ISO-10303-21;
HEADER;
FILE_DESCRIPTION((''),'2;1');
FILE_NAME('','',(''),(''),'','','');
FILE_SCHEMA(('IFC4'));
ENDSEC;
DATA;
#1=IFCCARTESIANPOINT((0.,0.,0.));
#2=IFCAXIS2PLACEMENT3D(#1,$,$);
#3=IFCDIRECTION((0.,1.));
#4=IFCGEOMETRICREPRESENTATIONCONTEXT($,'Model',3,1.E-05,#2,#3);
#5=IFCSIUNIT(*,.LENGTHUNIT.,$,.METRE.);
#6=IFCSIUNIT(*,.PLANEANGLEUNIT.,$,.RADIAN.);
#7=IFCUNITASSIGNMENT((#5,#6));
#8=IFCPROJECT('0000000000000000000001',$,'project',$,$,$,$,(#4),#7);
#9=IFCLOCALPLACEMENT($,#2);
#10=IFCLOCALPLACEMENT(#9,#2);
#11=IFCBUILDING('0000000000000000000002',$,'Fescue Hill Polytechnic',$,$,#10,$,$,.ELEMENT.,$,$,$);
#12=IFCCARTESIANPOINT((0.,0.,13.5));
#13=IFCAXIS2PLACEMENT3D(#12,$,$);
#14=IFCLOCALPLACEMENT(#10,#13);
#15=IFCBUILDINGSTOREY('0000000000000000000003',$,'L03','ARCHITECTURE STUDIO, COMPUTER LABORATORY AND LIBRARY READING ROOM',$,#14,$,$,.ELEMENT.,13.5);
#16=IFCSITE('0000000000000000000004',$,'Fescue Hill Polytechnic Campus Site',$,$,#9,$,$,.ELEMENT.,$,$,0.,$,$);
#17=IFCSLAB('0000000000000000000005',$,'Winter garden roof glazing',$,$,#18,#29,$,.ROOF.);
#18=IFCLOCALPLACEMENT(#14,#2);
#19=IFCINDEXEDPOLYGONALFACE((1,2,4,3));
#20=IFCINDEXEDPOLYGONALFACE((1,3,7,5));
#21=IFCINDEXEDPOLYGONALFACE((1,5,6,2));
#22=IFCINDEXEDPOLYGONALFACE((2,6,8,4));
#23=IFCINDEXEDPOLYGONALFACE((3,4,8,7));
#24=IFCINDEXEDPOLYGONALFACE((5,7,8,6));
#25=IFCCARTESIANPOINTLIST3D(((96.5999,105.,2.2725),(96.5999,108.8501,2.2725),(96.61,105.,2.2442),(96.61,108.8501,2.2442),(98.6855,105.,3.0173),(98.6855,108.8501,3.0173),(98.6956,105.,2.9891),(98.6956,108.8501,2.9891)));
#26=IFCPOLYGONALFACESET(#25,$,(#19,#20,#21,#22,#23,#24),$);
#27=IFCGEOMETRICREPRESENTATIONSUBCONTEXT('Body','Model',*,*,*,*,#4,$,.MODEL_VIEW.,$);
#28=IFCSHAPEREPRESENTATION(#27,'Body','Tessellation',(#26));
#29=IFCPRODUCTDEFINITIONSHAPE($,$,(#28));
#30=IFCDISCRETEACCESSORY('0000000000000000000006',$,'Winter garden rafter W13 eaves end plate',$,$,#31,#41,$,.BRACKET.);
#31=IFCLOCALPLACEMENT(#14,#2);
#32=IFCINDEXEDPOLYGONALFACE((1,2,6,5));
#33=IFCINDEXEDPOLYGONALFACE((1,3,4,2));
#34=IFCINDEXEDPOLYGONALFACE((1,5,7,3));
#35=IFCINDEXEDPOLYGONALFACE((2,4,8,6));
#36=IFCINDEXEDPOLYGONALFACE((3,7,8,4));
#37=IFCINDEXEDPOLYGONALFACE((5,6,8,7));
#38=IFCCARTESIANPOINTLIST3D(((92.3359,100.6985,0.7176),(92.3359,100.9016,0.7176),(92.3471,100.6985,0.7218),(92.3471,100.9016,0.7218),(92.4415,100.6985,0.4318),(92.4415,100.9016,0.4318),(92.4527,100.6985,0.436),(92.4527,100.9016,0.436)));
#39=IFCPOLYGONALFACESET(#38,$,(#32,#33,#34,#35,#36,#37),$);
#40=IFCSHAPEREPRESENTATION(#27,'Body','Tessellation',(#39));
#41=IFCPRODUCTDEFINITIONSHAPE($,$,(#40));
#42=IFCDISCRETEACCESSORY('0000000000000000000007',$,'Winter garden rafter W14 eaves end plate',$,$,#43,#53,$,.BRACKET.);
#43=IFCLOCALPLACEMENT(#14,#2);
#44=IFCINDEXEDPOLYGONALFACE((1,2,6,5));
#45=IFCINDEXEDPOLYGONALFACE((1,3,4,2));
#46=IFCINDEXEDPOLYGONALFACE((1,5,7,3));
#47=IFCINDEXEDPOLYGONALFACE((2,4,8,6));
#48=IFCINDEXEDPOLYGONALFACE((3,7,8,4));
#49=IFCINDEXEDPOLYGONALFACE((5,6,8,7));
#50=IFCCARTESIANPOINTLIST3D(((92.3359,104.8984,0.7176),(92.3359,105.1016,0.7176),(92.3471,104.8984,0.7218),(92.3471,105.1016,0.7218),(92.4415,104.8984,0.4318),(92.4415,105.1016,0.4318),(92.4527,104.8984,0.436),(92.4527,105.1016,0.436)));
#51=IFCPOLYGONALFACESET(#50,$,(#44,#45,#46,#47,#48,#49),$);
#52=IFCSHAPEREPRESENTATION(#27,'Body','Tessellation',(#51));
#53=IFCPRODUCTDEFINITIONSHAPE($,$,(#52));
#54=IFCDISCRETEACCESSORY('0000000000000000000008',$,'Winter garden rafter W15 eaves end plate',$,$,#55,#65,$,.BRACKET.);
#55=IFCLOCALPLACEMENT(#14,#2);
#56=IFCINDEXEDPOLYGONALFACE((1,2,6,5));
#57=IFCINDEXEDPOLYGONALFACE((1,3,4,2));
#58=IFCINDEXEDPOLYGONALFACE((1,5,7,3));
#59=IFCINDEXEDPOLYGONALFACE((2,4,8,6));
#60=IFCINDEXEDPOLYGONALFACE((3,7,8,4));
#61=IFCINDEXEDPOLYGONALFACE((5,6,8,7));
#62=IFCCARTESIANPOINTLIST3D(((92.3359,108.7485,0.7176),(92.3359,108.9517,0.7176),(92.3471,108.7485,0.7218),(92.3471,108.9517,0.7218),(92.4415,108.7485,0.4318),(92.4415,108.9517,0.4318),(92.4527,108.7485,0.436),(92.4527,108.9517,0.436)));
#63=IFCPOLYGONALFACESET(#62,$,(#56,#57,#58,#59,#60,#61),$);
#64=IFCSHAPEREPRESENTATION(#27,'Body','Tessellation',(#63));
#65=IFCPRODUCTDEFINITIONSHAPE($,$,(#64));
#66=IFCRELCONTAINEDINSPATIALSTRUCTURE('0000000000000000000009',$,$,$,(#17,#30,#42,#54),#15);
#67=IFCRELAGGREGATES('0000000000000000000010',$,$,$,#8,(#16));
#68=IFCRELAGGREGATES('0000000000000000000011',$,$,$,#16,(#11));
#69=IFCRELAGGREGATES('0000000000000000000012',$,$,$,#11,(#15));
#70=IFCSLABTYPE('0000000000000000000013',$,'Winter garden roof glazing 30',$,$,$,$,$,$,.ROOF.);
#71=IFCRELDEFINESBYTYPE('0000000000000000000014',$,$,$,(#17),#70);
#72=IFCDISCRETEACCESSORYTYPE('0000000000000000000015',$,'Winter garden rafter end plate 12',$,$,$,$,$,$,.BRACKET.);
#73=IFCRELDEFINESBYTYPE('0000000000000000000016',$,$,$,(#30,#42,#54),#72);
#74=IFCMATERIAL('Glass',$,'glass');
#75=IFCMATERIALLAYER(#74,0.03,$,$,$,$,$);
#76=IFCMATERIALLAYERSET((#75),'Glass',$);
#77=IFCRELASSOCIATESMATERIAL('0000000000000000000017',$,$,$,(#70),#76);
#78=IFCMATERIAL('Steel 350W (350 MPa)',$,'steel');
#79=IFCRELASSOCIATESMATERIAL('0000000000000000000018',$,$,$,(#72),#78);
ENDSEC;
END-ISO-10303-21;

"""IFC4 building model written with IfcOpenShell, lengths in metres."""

from ifc_helpers import new_model, si_unit, direction, frame, origin, origin_2d, place, context, subcontext, project, spatial, polyline, rectangle, outline, extrude, material, layer, layer_set, material_profile, profile_set, type_object, element, save


model = new_model("IFC4")

# Units and contexts
model_context = context("Model", 3, precision=1e-05, world=origin(), true_north=direction((0.0, 1.0)))
body_context = subcontext(model_context, "Body", "Model", "MODEL_VIEW")
ifc_project = project(units=[si_unit("LENGTHUNIT", "METRE"), si_unit("PLANEANGLEUNIT", "RADIAN")], contexts=[model_context])

# Site, building, storey
site_placement = place(None, origin())
site = spatial("IfcSite", under=ifc_project, at=site_placement, Name="Fescue Hill Polytechnic Campus Site", CompositionType="ELEMENT", RefElevation=0.0)
building_placement = place(site_placement, origin())
building = spatial("IfcBuilding", under=site, at=building_placement, Name="Fescue Hill Polytechnic", CompositionType="ELEMENT")
storey_placement = place(building_placement, frame((0.0, 0.0, 13.5)))
storey = spatial("IfcBuildingStorey", under=building, at=storey_placement, Name="L03", Description="ARCHITECTURE STUDIO, COMPUTER LABORATORY AND LIBRARY READING ROOM", CompositionType="ELEMENT", Elevation=13.5)

# Shared definitions
ifc_material_1 = material(Name="Steel 350W (350 MPa)", Category="steel")

# Shared definitions
ifc_material_2 = material(Name="Glass", Category="glass")
ifc_layer = layer(ifc_material_2, 0.03)
ifc_layer_set = layer_set([ifc_layer], Name="Glass")
slab_type = type_object("IfcSlabType", Name="Winter garden roof glazing 30", PredefinedType="ROOF", material=ifc_layer_set)

# Slab
for number, where, z_axis, x_axis, name in (
    (1, (96.5999, 105.0, 2.2725), (-0.336329, 0.0, 0.941744), (0.0, 1.0, 0.0), "Winter garden roof glazing"),
):
    element("IfcSlab", number, at=place(storey_placement, frame(where, z_axis=z_axis, x_axis=x_axis)), inside=storey, type_object=slab_type, Name=name, PredefinedType="ROOF", context=body_context, shape_type="SweptSolid", body=[
        extrude(outline(polyline([(0.0, 0.0), (3.8501, 0.0), (3.8501, -2.2147), (0.0, -2.2147), (0.0, 0.0)])), origin(), (0.0, 0.0, -1.0), 0.03),
    ])

# Discrete accessories
ifc_material_profile_1 = material_profile(ifc_material_1, rectangle(XDim=0.2031, YDim=0.3047, at=origin_2d()), Name="Winter garden rafter end plate 12")
ifc_profile_set_1 = profile_set([ifc_material_profile_1], Name="Steel 350W (350 MPa)")
discrete_accessory_type = type_object("IfcDiscreteAccessoryType", Name="Winter garden rafter end plate 12", PredefinedType="BRACKET", material=ifc_profile_set_1)
for number, where, z_axis, x_axis, name in (
    (2, (92.3887, 100.8, 0.5747), (0.937994, 0.0, 0.34665), (0.0, 1.0, 0.0), "Winter garden rafter W13 eaves end plate"),
    (3, (92.3887, 105.0, 0.5747), (0.937994, 0.0, 0.34665), (0.0, 1.0, 0.0), "Winter garden rafter W14 eaves end plate"),
    (4, (92.3887, 108.8501, 0.5747), (0.937994, 0.0, 0.34665), (0.0, 1.0, 0.0), "Winter garden rafter W15 eaves end plate"),
):
    element("IfcDiscreteAccessory", number, at=place(storey_placement, frame(where, z_axis=z_axis, x_axis=x_axis)), inside=storey, type_object=discrete_accessory_type, Name=name, PredefinedType="BRACKET", context=body_context, shape_type="SweptSolid", body=[
        extrude(rectangle(XDim=0.2031, YDim=0.3047, at=origin_2d()), origin(), (0.0, 0.0, 1.0), 0.012),
    ])

save(model, "model.ifc")
